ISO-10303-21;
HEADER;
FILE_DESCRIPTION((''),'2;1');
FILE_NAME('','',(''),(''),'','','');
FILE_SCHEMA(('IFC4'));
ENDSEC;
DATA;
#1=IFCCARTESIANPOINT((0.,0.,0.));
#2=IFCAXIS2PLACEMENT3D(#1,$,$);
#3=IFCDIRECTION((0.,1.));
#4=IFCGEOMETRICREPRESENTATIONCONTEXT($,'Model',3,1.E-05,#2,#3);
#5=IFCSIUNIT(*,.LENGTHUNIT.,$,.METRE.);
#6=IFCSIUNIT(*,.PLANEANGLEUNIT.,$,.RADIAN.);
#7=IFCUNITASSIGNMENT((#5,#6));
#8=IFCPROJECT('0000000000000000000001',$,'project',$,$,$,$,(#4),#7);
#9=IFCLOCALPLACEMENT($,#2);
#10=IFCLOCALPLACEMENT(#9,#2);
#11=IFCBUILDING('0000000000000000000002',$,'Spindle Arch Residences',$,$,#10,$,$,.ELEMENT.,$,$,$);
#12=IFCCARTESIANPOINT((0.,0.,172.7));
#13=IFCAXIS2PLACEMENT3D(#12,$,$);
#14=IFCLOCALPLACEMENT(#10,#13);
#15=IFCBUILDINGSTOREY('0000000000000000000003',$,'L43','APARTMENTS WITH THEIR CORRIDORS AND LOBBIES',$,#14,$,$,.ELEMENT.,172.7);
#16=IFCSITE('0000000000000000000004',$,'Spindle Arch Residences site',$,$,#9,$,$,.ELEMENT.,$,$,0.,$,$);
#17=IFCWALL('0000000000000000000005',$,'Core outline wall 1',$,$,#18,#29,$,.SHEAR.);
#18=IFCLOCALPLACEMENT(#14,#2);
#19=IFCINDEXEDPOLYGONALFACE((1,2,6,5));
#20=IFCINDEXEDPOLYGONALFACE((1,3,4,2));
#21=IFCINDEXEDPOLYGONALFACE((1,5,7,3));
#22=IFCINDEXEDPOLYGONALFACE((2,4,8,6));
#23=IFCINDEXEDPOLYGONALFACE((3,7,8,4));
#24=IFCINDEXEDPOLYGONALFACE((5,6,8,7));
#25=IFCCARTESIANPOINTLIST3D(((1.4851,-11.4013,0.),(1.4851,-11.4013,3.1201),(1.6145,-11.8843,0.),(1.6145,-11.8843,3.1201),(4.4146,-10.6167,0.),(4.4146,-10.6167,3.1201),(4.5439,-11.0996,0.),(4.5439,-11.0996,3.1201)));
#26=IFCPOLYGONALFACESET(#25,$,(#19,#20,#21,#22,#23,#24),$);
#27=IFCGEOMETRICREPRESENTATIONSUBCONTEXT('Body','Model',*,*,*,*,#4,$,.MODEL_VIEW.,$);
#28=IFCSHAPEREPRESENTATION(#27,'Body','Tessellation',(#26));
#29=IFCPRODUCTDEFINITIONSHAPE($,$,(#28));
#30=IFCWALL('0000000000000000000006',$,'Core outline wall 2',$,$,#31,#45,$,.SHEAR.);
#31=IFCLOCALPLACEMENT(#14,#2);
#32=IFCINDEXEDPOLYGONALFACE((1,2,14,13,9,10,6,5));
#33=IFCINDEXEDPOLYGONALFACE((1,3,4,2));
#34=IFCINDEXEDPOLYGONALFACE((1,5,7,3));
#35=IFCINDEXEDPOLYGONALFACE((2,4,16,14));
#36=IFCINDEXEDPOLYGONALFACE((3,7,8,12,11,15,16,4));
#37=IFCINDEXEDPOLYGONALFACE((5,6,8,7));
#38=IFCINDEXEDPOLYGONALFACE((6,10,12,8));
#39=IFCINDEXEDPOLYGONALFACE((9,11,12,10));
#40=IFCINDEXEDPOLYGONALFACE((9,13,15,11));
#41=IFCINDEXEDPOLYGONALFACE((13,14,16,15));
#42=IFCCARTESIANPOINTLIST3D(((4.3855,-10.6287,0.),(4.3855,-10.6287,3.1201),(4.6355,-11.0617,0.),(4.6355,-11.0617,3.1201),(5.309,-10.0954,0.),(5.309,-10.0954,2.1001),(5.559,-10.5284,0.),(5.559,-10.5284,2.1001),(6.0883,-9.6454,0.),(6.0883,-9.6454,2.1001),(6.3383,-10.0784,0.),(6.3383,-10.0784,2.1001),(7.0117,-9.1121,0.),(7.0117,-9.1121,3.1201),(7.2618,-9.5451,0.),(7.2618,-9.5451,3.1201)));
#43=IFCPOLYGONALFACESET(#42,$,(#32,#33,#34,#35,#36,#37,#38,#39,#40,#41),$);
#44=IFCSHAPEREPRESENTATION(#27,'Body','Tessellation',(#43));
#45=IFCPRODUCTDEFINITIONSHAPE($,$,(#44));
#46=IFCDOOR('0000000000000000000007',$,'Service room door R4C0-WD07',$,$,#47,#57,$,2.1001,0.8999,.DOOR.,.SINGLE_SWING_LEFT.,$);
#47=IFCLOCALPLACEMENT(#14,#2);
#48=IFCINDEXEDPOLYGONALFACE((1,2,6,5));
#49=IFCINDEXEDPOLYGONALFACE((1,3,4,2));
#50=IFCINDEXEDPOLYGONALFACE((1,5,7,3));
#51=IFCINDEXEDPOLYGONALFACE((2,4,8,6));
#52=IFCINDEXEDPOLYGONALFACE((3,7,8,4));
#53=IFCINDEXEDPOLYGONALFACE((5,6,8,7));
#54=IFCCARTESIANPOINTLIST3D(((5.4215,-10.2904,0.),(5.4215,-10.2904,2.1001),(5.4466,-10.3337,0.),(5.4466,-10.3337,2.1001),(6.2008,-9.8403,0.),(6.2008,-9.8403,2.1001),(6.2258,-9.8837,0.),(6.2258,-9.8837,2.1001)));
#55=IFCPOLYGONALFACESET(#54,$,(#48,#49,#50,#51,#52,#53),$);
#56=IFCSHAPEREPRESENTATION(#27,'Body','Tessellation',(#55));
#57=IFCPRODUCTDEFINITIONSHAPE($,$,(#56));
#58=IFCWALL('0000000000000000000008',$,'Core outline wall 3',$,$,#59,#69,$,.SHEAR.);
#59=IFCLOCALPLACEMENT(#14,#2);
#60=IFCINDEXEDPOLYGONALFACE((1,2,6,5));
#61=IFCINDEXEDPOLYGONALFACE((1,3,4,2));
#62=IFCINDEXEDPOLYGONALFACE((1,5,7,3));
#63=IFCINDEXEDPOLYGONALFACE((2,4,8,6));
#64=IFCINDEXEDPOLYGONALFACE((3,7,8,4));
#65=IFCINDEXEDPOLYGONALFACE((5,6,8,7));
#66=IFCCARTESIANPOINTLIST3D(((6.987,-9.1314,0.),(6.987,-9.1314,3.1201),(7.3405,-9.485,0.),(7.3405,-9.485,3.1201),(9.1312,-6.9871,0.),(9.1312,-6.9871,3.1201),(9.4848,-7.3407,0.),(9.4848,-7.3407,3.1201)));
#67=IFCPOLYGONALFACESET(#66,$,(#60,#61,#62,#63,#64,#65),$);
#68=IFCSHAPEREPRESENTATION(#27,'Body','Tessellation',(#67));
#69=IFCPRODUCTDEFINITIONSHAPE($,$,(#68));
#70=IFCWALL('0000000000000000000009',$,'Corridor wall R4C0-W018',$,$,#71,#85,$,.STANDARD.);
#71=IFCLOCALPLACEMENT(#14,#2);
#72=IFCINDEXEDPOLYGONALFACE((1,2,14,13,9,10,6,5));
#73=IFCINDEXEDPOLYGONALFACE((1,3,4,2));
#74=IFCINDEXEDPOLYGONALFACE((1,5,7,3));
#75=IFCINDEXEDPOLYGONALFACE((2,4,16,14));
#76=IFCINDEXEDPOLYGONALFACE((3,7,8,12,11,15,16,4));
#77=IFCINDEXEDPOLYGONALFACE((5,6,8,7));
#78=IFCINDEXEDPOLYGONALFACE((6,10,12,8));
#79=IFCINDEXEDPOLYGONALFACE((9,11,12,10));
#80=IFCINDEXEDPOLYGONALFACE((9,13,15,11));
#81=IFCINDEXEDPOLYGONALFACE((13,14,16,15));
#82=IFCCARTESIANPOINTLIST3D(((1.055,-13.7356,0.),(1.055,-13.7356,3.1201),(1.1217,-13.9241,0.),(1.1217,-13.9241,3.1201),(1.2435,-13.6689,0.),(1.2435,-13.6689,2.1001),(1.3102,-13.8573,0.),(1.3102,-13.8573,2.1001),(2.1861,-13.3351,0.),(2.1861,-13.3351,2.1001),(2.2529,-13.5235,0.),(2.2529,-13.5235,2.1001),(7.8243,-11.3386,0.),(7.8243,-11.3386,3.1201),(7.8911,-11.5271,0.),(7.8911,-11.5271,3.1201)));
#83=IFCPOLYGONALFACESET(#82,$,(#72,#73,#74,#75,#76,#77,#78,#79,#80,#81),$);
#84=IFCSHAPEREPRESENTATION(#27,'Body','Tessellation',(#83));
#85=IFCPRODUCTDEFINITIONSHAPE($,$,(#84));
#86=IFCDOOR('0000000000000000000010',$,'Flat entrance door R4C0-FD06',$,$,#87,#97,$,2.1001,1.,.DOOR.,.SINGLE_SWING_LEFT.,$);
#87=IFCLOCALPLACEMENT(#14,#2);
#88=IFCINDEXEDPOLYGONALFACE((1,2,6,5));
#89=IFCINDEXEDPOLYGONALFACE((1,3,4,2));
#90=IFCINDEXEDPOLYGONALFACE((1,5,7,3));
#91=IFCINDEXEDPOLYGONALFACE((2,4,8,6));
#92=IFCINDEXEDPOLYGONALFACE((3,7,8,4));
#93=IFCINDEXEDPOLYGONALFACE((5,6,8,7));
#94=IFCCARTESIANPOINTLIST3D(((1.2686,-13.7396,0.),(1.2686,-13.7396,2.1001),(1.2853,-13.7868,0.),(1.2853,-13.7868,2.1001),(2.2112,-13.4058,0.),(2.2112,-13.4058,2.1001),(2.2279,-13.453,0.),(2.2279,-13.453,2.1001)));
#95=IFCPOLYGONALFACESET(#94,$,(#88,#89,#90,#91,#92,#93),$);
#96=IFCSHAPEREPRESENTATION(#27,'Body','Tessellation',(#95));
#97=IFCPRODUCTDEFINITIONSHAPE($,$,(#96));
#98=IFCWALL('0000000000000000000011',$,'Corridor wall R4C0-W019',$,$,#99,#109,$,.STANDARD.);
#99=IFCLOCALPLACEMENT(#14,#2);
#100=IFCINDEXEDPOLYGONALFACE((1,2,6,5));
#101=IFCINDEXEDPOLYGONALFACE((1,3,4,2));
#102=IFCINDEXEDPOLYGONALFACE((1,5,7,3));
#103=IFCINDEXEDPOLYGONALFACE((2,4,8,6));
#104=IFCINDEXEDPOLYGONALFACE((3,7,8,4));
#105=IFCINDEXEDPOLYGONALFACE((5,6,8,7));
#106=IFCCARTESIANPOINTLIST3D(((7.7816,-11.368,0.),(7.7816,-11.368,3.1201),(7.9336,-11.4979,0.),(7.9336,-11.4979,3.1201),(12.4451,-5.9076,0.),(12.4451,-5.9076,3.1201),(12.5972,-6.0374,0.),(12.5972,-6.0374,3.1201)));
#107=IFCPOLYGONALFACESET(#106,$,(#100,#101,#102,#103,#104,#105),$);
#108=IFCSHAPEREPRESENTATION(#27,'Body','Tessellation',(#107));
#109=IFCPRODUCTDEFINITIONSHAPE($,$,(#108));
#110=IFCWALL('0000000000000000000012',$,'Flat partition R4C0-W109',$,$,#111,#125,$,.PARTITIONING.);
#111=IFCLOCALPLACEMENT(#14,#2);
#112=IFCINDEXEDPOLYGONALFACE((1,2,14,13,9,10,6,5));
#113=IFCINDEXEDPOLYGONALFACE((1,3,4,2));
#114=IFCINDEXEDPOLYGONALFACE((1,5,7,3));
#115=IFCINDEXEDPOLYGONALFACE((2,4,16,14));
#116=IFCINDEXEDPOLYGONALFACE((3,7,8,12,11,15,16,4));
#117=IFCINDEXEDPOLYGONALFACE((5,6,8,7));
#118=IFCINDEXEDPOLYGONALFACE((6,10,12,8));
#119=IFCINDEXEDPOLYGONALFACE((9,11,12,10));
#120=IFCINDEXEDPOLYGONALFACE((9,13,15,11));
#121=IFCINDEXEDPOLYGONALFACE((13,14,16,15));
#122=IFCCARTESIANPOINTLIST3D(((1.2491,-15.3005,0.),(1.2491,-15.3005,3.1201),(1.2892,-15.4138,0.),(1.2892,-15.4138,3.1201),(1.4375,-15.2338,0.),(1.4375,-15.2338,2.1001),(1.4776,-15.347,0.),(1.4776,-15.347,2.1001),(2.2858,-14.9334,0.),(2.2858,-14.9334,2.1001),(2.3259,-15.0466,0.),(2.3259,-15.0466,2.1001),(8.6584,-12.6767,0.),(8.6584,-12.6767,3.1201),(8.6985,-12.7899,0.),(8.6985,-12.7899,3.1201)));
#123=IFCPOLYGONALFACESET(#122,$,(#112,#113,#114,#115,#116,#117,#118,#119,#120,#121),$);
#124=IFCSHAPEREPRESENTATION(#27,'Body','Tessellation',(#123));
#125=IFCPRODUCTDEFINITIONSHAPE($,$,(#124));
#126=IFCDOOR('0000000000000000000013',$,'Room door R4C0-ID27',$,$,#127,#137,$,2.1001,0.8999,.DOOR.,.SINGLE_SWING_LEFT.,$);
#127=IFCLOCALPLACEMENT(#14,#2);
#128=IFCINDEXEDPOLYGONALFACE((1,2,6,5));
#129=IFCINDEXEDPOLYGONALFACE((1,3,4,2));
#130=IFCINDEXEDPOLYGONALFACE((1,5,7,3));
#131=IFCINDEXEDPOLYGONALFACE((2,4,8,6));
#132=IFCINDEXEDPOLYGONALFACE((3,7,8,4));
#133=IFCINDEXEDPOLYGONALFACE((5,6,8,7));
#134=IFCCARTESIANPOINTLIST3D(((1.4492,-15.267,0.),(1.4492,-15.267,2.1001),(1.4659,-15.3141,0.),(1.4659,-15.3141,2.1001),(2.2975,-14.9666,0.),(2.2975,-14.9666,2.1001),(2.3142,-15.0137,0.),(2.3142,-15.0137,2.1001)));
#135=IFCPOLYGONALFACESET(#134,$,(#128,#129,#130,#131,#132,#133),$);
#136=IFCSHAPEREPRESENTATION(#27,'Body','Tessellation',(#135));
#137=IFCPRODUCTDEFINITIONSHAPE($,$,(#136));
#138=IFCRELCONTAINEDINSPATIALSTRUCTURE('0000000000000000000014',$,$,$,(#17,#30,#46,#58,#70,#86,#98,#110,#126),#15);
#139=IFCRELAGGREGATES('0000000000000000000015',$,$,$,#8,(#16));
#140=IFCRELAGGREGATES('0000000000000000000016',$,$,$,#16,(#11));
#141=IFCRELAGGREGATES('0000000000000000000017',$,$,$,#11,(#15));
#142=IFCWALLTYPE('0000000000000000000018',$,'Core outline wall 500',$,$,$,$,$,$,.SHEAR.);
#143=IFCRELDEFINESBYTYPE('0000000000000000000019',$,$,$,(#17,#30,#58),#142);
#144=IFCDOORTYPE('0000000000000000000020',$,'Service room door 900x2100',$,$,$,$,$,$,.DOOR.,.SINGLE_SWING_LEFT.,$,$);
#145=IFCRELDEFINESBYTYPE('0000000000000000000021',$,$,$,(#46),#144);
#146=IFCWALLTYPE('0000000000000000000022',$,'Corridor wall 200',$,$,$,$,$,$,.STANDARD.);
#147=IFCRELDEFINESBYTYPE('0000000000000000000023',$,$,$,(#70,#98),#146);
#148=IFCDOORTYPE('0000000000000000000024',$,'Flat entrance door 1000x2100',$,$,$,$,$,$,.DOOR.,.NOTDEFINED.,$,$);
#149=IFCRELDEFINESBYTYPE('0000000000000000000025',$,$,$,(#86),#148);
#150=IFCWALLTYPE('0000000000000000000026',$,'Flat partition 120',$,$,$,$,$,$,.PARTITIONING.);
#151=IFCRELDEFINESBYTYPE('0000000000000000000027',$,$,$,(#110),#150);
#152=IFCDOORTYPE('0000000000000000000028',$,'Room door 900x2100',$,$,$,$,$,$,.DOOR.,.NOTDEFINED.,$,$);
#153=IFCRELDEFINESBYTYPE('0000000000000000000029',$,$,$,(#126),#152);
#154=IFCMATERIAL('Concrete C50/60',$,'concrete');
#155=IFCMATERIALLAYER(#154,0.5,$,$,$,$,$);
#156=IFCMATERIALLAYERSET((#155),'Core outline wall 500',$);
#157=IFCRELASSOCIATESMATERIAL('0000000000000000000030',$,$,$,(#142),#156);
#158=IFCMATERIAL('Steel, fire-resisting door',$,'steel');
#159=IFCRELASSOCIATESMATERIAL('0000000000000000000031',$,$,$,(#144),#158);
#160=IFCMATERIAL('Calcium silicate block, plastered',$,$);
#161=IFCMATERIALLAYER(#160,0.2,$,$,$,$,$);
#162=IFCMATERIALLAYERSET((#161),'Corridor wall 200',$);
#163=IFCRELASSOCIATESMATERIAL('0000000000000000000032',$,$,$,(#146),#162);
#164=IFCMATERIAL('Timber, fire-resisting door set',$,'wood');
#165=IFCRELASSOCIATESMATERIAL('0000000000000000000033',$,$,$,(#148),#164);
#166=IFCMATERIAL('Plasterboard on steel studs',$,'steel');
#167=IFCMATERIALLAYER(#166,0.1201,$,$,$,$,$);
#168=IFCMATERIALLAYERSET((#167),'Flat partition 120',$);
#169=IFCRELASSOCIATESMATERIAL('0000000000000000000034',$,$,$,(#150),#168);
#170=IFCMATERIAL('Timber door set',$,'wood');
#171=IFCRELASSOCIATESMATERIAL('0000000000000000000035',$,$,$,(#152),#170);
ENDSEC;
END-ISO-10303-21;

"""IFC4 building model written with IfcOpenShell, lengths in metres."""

from ifc_helpers import new_model, si_unit, direction, frame, frame_2d, origin, place, context, subcontext, project, spatial, rectangle, extrude, material, layer, layer_set, type_object, element, fill, save


model = new_model("IFC4")

# Units and contexts
model_context = context("Model", 3, precision=1e-05, world=origin(), true_north=direction((0.0, 1.0)))
body_context = subcontext(model_context, "Body", "Model", "MODEL_VIEW")
ifc_project = project(units=[si_unit("LENGTHUNIT", "METRE"), si_unit("PLANEANGLEUNIT", "RADIAN")], contexts=[model_context])

# Site, building, storey
site_placement = place(None, origin())
site = spatial("IfcSite", under=ifc_project, at=site_placement, Name="Spindle Arch Residences site", CompositionType="ELEMENT", RefElevation=0.0)
building_placement = place(site_placement, origin())
building = spatial("IfcBuilding", under=site, at=building_placement, Name="Spindle Arch Residences", CompositionType="ELEMENT")
storey_placement = place(building_placement, frame((0.0, 0.0, 172.7)))
storey = spatial("IfcBuildingStorey", under=building, at=storey_placement, Name="L43", Description="APARTMENTS WITH THEIR CORRIDORS AND LOBBIES", CompositionType="ELEMENT", Elevation=172.7)

# Wall
ifc_material_1 = material(Name="Concrete C50/60", Category="concrete")
ifc_layer_1 = layer(ifc_material_1, 0.5)
ifc_layer_set_1 = layer_set([ifc_layer_1], Name="Core outline wall 500")
wall_type_1 = type_object("IfcWallType", Name="Core outline wall 500", PredefinedType="SHEAR", material=ifc_layer_set_1)
wall_1_placement = place(storey_placement, frame((1.5498, -11.6428, 0.0), z_axis=(0.0, 0.0, 1.0), x_axis=(0.965948, 0.258735, 0.0)))
element("IfcWall", 1, at=wall_1_placement, inside=storey, type_object=wall_type_1, Name="Core outline wall 1", PredefinedType="SHEAR", context=body_context, shape_type="SweptSolid", body=[
    extrude(rectangle(XDim=3.0327, YDim=0.5, at=frame_2d((1.5164, 0.0))), origin(), (0.0, 0.0, 1.0), 3.1201),
])

# Wall, opening, door
wall_2_placement = place(storey_placement, frame((4.5105, -10.8452, 0.0), z_axis=(0.0, 0.0, 1.0), x_axis=(0.865975, 0.500087, 0.0)))
wall_2 = element("IfcWall", 2, at=wall_2_placement, inside=storey, type_object=wall_type_1, Name="Core outline wall 2", PredefinedType="SHEAR", context=body_context, shape_type="SweptSolid", body=[
    extrude(rectangle(XDim=3.0327, YDim=0.5, at=frame_2d((1.5164, 0.0))), origin(), (0.0, 0.0, 1.0), 3.1201),
])
opening_1_placement = place(wall_2_placement, frame((1.0664, 0.0, 0.0)))
opening_1 = element("IfcOpeningElement", 3, at=opening_1_placement, cuts=wall_2, PredefinedType="OPENING", context=body_context, shape_type="SweptSolid", body=[
    extrude(rectangle(XDim=0.8999, YDim=2.1001, at=frame_2d((0.45, 1.05))), frame((0.0, 0.26, 0.0), z_axis=(0.0, -1.0, 0.0), x_axis=(1.0, 0.0, 0.0)), (0.0, 0.0, 1.0), 0.52),
])
ifc_material_2 = material(Name="Steel, fire-resisting door", Category="steel")
door_type_1 = type_object("IfcDoorType", Name="Service room door 900x2100", OperationType="SINGLE_SWING_LEFT", PredefinedType="DOOR", material=ifc_material_2)
door_1_placement = place(opening_1_placement, origin())
door_1 = element("IfcDoor", 4, at=door_1_placement, inside=storey, type_object=door_type_1, Name="Service room door R4C0-WD07", OperationType="SINGLE_SWING_LEFT", OverallHeight=2.1001, OverallWidth=0.8999, PredefinedType="DOOR", context=body_context, shape_type="SweptSolid", body=[
    extrude(rectangle(XDim=0.8999, YDim=2.1001, at=frame_2d((0.45, 1.05))), frame((0.0, 0.0249, 0.0), z_axis=(0.0, -1.0, 0.0), x_axis=(1.0, 0.0, 0.0)), (0.0, 0.0, 1.0), 0.05),
])
fill(opening_1, door_1)

# Wall
wall_3_placement = place(storey_placement, frame((7.1638, -9.3081, 0.0), z_axis=(0.0, 0.0, 1.0), x_axis=(0.707107, 0.707107, 0.0)))
element("IfcWall", 5, at=wall_3_placement, inside=storey, type_object=wall_type_1, Name="Core outline wall 3", PredefinedType="SHEAR", context=body_context, shape_type="SweptSolid", body=[
    extrude(rectangle(XDim=3.0325, YDim=0.5, at=frame_2d((1.5161, 0.0))), origin(), (0.0, 0.0, 1.0), 3.1201),
])

# Wall, opening, door
ifc_material_3 = material(Name="Calcium silicate block, plastered")
ifc_layer_2 = layer(ifc_material_3, 0.2)
ifc_layer_set_2 = layer_set([ifc_layer_2], Name="Corridor wall 200")
wall_type_2 = type_object("IfcWallType", Name="Corridor wall 200", PredefinedType="STANDARD", material=ifc_layer_set_2)
wall_4_placement = place(storey_placement, frame((1.0884, -13.8298, 0.0), z_axis=(0.0, 0.0, 1.0), x_axis=(0.942648, 0.333787, 0.0)))
wall_4 = element("IfcWall", 6, at=wall_4_placement, inside=storey, type_object=wall_type_2, Name="Corridor wall R4C0-W018", PredefinedType="STANDARD", context=body_context, shape_type="SweptSolid", body=[
    extrude(rectangle(XDim=7.1812, YDim=0.2, at=frame_2d((3.5906, 0.0))), origin(), (0.0, 0.0, 1.0), 3.1201),
])
opening_2_placement = place(wall_4_placement, frame((0.2, 0.0, 0.0)))
opening_2 = element("IfcOpeningElement", 7, at=opening_2_placement, cuts=wall_4, PredefinedType="OPENING", context=body_context, shape_type="SweptSolid", body=[
    extrude(rectangle(XDim=1.0, YDim=2.1001, at=frame_2d((0.5, 1.05))), frame((0.0, 0.1099, 0.0), z_axis=(0.0, -1.0, 0.0), x_axis=(1.0, 0.0, 0.0)), (0.0, 0.0, 1.0), 0.22),
])
ifc_material_4 = material(Name="Timber, fire-resisting door set", Category="wood")
door_type_2 = type_object("IfcDoorType", Name="Flat entrance door 1000x2100", OperationType="NOTDEFINED", PredefinedType="DOOR", material=ifc_material_4)
door_2_placement = place(opening_2_placement, origin())
door_2 = element("IfcDoor", 8, at=door_2_placement, inside=storey, type_object=door_type_2, Name="Flat entrance door R4C0-FD06", OperationType="SINGLE_SWING_LEFT", OverallHeight=2.1001, OverallWidth=1.0, PredefinedType="DOOR", context=body_context, shape_type="SweptSolid", body=[
    extrude(rectangle(XDim=1.0, YDim=2.1001, at=frame_2d((0.5, 1.05))), frame((0.0, 0.0249, 0.0), z_axis=(0.0, -1.0, 0.0), x_axis=(1.0, 0.0, 0.0)), (0.0, 0.0, 1.0), 0.05),
])
fill(opening_2, door_2)

# Wall
wall_5_placement = place(storey_placement, frame((7.8577, -11.4329, 0.0), z_axis=(0.0, 0.0, 1.0), x_axis=(0.649441, 0.760412, 0.0)))
element("IfcWall", 9, at=wall_5_placement, inside=storey, type_object=wall_type_2, Name="Corridor wall R4C0-W019", PredefinedType="STANDARD", context=body_context, shape_type="SweptSolid", body=[
    extrude(rectangle(XDim=7.1809, YDim=0.2, at=frame_2d((3.5903, 0.0))), origin(), (0.0, 0.0, 1.0), 3.1201),
])

# Wall, opening, door
ifc_material_5 = material(Name="Plasterboard on steel studs", Category="steel")
ifc_layer_3 = layer(ifc_material_5, 0.1201)
ifc_layer_set_3 = layer_set([ifc_layer_3], Name="Flat partition 120")
wall_type_3 = type_object("IfcWallType", Name="Flat partition 120", PredefinedType="PARTITIONING", material=ifc_layer_set_3)
wall_6_placement = place(storey_placement, frame((1.269, -15.3572, 0.0), z_axis=(0.0, 0.0, 1.0), x_axis=(0.942639, 0.333813, 0.0)))
wall_6 = element("IfcWall", 10, at=wall_6_placement, inside=storey, type_object=wall_type_3, Name="Flat partition R4C0-W109", PredefinedType="PARTITIONING", context=body_context, shape_type="SweptSolid", body=[
    extrude(rectangle(XDim=7.8601, YDim=0.1201, at=frame_2d((3.9302, 0.0))), origin(), (0.0, 0.0, 1.0), 3.1201),
])
opening_3_placement = place(wall_6_placement, frame((0.2, 0.0, 0.0)))
opening_3 = element("IfcOpeningElement", 11, at=opening_3_placement, cuts=wall_6, PredefinedType="OPENING", context=body_context, shape_type="SweptSolid", body=[
    extrude(rectangle(XDim=0.8999, YDim=2.1001, at=frame_2d((0.45, 1.05))), frame((0.0, 0.0701, 0.0), z_axis=(0.0, -1.0, 0.0), x_axis=(1.0, 0.0, 0.0)), (0.0, 0.0, 1.0), 0.1401),
])
ifc_material_6 = material(Name="Timber door set", Category="wood")
door_type_3 = type_object("IfcDoorType", Name="Room door 900x2100", OperationType="NOTDEFINED", PredefinedType="DOOR", material=ifc_material_6)
door_3_placement = place(opening_3_placement, origin())
door_3 = element("IfcDoor", 12, at=door_3_placement, inside=storey, type_object=door_type_3, Name="Room door R4C0-ID27", OperationType="SINGLE_SWING_LEFT", OverallHeight=2.1001, OverallWidth=0.8999, PredefinedType="DOOR", context=body_context, shape_type="SweptSolid", body=[
    extrude(rectangle(XDim=0.8999, YDim=2.1001, at=frame_2d((0.45, 1.05))), frame((0.0, 0.0249, 0.0), z_axis=(0.0, -1.0, 0.0), x_axis=(1.0, 0.0, 0.0)), (0.0, 0.0, 1.0), 0.05),
])
fill(opening_3, door_3)

save(model, "model.ifc")
